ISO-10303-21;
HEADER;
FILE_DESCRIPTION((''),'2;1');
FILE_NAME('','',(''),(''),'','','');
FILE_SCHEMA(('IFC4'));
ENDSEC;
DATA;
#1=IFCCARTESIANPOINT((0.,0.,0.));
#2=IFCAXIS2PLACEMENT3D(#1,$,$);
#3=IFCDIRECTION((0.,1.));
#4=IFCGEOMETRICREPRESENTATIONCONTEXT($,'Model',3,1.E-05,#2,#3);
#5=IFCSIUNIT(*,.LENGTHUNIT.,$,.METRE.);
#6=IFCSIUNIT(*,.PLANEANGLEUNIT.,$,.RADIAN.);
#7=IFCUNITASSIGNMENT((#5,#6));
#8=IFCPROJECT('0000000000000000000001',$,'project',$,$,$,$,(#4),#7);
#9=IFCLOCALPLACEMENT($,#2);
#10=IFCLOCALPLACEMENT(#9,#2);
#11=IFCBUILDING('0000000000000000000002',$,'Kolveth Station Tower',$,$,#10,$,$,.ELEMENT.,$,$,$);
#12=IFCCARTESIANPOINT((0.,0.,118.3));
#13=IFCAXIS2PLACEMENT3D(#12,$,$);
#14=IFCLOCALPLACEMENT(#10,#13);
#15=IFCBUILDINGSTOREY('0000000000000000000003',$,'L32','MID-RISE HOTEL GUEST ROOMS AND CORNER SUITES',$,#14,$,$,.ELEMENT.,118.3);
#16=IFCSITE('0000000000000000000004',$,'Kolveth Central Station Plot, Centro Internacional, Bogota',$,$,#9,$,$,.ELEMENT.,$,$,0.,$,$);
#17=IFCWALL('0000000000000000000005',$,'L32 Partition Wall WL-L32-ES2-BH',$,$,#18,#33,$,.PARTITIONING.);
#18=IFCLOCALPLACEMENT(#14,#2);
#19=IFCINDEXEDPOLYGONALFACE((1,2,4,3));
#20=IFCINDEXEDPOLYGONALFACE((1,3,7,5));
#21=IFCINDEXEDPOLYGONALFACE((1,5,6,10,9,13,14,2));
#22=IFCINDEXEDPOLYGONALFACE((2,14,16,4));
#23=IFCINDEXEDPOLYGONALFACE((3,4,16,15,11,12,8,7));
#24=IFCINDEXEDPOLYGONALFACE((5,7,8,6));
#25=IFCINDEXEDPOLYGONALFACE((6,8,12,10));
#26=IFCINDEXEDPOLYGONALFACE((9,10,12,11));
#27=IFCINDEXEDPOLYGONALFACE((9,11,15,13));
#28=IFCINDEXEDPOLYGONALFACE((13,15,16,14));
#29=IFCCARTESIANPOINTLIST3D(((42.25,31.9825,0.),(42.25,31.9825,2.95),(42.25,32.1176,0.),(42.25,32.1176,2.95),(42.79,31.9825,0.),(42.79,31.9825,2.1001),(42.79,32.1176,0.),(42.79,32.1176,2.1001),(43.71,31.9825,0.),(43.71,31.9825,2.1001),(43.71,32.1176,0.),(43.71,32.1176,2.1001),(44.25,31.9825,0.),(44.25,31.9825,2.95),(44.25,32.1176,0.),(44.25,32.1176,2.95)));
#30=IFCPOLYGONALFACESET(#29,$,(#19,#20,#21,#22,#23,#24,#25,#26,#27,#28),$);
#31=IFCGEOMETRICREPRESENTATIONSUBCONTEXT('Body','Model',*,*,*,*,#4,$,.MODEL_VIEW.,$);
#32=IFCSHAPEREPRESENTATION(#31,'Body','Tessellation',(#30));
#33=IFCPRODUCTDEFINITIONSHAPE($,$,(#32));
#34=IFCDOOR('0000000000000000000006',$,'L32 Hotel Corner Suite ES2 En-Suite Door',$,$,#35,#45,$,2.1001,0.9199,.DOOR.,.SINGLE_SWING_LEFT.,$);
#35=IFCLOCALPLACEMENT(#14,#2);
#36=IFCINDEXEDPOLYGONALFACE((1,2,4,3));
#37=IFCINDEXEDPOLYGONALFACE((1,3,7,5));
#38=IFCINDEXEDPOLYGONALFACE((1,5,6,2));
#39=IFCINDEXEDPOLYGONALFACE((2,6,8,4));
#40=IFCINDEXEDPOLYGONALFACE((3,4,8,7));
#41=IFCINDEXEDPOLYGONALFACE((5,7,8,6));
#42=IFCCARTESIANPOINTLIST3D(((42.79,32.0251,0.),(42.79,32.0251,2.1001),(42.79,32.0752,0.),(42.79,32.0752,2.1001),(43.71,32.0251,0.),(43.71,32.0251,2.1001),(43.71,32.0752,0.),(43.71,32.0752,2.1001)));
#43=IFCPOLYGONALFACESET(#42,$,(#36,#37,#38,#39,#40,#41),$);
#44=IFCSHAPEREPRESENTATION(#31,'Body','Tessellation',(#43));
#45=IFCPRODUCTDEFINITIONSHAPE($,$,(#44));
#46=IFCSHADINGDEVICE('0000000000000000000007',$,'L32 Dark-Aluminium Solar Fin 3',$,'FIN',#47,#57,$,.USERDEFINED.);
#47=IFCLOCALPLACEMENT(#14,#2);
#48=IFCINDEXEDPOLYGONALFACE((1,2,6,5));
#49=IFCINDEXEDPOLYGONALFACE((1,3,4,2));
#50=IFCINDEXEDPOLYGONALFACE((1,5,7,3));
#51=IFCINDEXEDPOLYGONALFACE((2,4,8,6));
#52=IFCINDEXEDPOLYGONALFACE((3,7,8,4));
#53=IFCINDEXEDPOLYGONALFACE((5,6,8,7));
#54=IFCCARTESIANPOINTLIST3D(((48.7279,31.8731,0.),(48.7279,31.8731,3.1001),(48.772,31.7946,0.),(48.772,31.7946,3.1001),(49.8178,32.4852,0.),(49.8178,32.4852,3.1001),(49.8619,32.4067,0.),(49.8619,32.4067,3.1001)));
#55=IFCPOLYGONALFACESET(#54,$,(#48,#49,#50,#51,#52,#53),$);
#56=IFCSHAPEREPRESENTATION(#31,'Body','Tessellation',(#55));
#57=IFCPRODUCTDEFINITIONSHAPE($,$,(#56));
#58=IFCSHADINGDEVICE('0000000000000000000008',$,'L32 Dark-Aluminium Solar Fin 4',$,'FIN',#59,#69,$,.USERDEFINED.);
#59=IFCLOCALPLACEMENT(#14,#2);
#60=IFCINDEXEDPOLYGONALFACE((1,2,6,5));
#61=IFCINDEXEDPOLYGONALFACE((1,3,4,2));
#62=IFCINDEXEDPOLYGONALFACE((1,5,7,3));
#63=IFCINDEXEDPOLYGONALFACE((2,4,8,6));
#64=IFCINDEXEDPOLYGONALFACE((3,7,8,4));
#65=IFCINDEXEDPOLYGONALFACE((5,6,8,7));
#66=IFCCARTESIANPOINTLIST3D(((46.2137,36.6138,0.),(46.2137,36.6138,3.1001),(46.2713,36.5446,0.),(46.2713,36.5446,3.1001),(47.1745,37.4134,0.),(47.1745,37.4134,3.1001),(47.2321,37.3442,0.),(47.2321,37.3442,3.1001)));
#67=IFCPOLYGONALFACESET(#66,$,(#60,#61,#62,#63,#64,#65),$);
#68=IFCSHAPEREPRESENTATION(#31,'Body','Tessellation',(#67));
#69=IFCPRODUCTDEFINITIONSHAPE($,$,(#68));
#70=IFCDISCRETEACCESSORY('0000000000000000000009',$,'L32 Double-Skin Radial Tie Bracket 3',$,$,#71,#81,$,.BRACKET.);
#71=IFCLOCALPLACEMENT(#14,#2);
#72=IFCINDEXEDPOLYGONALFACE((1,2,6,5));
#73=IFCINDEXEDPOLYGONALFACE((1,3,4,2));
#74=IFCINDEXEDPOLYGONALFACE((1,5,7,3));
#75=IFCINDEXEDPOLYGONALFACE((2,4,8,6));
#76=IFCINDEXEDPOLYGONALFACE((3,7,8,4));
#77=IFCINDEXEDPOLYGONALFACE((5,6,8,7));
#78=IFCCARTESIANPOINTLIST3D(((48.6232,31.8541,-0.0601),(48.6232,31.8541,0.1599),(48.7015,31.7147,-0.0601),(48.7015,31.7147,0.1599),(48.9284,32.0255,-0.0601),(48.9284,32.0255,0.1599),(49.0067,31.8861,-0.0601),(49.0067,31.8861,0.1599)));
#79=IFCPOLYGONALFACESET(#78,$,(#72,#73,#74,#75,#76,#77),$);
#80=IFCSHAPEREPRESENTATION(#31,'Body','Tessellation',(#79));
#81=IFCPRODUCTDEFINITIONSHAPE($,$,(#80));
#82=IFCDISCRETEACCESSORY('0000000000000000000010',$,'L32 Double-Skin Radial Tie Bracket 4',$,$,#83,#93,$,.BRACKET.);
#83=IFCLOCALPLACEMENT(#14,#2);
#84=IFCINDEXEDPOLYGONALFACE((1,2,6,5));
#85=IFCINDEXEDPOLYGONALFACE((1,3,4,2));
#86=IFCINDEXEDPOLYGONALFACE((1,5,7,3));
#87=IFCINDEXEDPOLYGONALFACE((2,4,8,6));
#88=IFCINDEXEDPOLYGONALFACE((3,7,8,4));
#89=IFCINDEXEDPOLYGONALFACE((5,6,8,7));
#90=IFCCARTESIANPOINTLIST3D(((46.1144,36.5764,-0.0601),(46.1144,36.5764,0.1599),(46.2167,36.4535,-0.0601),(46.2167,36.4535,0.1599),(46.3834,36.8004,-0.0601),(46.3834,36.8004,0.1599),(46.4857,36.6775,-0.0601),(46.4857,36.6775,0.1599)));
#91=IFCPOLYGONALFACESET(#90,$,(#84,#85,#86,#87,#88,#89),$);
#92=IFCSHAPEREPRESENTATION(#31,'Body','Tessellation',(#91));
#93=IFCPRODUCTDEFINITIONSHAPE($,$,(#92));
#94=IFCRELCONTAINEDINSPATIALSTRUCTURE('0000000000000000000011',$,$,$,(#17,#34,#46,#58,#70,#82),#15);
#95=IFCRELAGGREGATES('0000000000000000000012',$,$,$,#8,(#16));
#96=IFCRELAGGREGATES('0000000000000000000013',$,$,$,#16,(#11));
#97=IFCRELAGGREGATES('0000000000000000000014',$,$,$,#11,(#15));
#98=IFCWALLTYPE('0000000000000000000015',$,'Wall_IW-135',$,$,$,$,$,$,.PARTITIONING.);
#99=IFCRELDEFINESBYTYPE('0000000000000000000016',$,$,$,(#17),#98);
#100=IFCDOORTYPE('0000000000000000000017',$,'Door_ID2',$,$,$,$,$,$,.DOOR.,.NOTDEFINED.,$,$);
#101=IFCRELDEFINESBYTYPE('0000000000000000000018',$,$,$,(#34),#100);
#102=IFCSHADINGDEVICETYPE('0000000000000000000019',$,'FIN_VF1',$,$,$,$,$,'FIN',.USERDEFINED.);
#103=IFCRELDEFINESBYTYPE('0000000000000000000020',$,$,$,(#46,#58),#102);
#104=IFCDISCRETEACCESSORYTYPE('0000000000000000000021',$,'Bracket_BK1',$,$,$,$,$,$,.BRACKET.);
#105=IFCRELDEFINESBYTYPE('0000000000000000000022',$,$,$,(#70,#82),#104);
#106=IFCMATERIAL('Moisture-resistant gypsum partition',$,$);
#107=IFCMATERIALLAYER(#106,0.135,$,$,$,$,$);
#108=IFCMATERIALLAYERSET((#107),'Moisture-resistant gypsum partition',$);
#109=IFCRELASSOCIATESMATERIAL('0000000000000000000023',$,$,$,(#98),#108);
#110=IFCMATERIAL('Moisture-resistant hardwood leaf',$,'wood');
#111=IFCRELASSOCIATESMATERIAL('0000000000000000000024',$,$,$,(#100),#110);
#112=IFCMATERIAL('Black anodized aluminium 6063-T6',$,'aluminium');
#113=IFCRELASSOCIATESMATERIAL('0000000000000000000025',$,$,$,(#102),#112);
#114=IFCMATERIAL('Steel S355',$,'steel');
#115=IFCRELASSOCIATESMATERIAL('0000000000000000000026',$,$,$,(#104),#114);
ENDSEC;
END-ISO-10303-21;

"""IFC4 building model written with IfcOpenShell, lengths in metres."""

from ifc_helpers import new_model, si_unit, direction, frame, frame_2d, origin, origin_2d, place, context, subcontext, project, spatial, rectangle, extrude, source, transform, mapped, material, layer, layer_set, type_object, element, fill, save


model = new_model("IFC4")

# Units and contexts
model_context = context("Model", 3, precision=1e-05, world=origin(), true_north=direction((0.0, 1.0)))
body_context = subcontext(model_context, "Body", "Model", "MODEL_VIEW")
ifc_project = project(units=[si_unit("LENGTHUNIT", "METRE"), si_unit("PLANEANGLEUNIT", "RADIAN")], contexts=[model_context])

# Site, building, storey
site_placement = place(None, origin())
site = spatial("IfcSite", under=ifc_project, at=site_placement, Name="Kolveth Central Station Plot, Centro Internacional, Bogota", CompositionType="ELEMENT", RefElevation=0.0)
building_placement = place(site_placement, origin())
building = spatial("IfcBuilding", under=site, at=building_placement, Name="Kolveth Station Tower", CompositionType="ELEMENT")
storey_placement = place(building_placement, frame((0.0, 0.0, 118.3)))
storey = spatial("IfcBuildingStorey", under=building, at=storey_placement, Name="L32", Description="MID-RISE HOTEL GUEST ROOMS AND CORNER SUITES", CompositionType="ELEMENT", Elevation=118.3)

# Shared definitions
ifc_material_1 = material(Name="Black anodized aluminium 6063-T6", Category="aluminium")

# Wall, opening, door
ifc_material_2 = material(Name="Moisture-resistant gypsum partition")
ifc_layer_1 = layer(ifc_material_2, 0.135)
ifc_layer_set_1 = layer_set([ifc_layer_1], Name="Moisture-resistant gypsum partition")
wall_type = type_object("IfcWallType", Name="Wall_IW-135", PredefinedType="PARTITIONING", material=ifc_layer_set_1)
wall_placement = place(storey_placement, frame((42.25, 32.05, 0.0), z_axis=(0.0, 0.0, 1.0), x_axis=(1.0, 0.0, 0.0)))
wall = element("IfcWall", 1, at=wall_placement, inside=storey, type_object=wall_type, Name="L32 Partition Wall WL-L32-ES2-BH", PredefinedType="PARTITIONING", context=body_context, shape_type="SweptSolid", body=[
    extrude(rectangle(XDim=2.0, YDim=0.135, at=frame_2d((1.0, 0.0))), origin(), (0.0, 0.0, 1.0), 2.95),
])
opening_placement = place(wall_placement, frame((0.54, 0.0, 0.0)))
opening = element("IfcOpeningElement", 2, at=opening_placement, cuts=wall, PredefinedType="OPENING", context=body_context, shape_type="SweptSolid", body=[
    extrude(rectangle(XDim=0.9199, YDim=2.1001, at=frame_2d((0.46, 1.05))), frame((0.0, 0.0774, 0.0), z_axis=(0.0, -1.0, 0.0), x_axis=(1.0, 0.0, 0.0)), (0.0, 0.0, 1.0), 0.155),
])
ifc_material_3 = material(Name="Moisture-resistant hardwood leaf", Category="wood")
door_type = type_object("IfcDoorType", Name="Door_ID2", OperationType="NOTDEFINED", PredefinedType="DOOR", material=ifc_material_3)
door_placement = place(opening_placement, frame((0.9199, 0.0, 0.0), z_axis=(0.0, 0.0, 1.0), x_axis=(-1.0, 0.0, 0.0)))
door = element("IfcDoor", 3, at=door_placement, inside=storey, type_object=door_type, Name="L32 Hotel Corner Suite ES2 En-Suite Door", OperationType="SINGLE_SWING_LEFT", OverallHeight=2.1001, OverallWidth=0.9199, PredefinedType="DOOR", context=body_context, shape_type="SweptSolid", body=[
    extrude(rectangle(XDim=0.9199, YDim=2.1001, at=frame_2d((0.46, 1.05))), frame((0.0, 0.0249, 0.0), z_axis=(0.0, -1.0, 0.0), x_axis=(1.0, 0.0, 0.0)), (0.0, 0.0, 1.0), 0.05),
])
fill(opening, door)

# Shading devices
shading_device_type = type_object("IfcShadingDeviceType", Name="FIN_VF1", ElementType="FIN", PredefinedType="USERDEFINED", material=ifc_material_1)
shared_shape_1 = source(origin(), body_context, "Body", "SweptSolid", [
    extrude(rectangle(XDim=1.25, YDim=0.0901, at=origin_2d()), origin(), (0.0, 0.0, 1.0), 3.1001),
])
for number, where, z_axis, x_axis, name in (
    (4, (49.2949, 32.1399, 0.0), (0.0, 0.0, 1.0), (0.871898, 0.489687, 0.0), "L32 Dark-Aluminium Solar Fin 3"),
    (5, (46.7229, 36.979, 0.0), (0.0, 0.0, 1.0), (0.768619, 0.639707, 0.0), "L32 Dark-Aluminium Solar Fin 4"),
):
    element("IfcShadingDevice", number, at=place(storey_placement, frame(where, z_axis=z_axis, x_axis=x_axis)), inside=storey, type_object=shading_device_type, Name=name, ObjectType="FIN", PredefinedType="USERDEFINED", context=body_context, shape_type="MappedRepresentation", body=[
        mapped(shared_shape_1, transform((0.0, 0.0, 0.0), x_axis=(1.0, 0.0, 0.0), y_axis=(0.0, 1.0, 0.0), z_axis=(0.0, 0.0, 1.0), scale=1.0)),
    ])

# Discrete accessories
ifc_material_4 = material(Name="Steel S355", Category="steel")
discrete_accessory_type = type_object("IfcDiscreteAccessoryType", Name="Bracket_BK1", PredefinedType="BRACKET", material=ifc_material_4)
shared_shape_2 = source(origin(), body_context, "Body", "SweptSolid", [
    extrude(rectangle(XDim=0.3501, YDim=0.1599, at=origin_2d()), origin(), (0.0, 0.0, 1.0), 0.22),
])
for number, where, z_axis, x_axis, name in (
    (6, (48.8149, 31.8701, -0.0601), (0.0, 0.0, 1.0), (0.871898, 0.489687, 0.0), "L32 Double-Skin Radial Tie Bracket 3"),
    (7, (46.3, 36.627, -0.0601), (0.0, 0.0, 1.0), (0.768619, 0.639707, 0.0), "L32 Double-Skin Radial Tie Bracket 4"),
):
    element("IfcDiscreteAccessory", number, at=place(storey_placement, frame(where, z_axis=z_axis, x_axis=x_axis)), inside=storey, type_object=discrete_accessory_type, Name=name, PredefinedType="BRACKET", context=body_context, shape_type="MappedRepresentation", body=[
        mapped(shared_shape_2, transform((0.0, 0.0, 0.0), x_axis=(1.0, 0.0, 0.0), y_axis=(0.0, 1.0, 0.0), z_axis=(0.0, 0.0, 1.0), scale=1.0)),
    ])

save(model, "model.ifc")
